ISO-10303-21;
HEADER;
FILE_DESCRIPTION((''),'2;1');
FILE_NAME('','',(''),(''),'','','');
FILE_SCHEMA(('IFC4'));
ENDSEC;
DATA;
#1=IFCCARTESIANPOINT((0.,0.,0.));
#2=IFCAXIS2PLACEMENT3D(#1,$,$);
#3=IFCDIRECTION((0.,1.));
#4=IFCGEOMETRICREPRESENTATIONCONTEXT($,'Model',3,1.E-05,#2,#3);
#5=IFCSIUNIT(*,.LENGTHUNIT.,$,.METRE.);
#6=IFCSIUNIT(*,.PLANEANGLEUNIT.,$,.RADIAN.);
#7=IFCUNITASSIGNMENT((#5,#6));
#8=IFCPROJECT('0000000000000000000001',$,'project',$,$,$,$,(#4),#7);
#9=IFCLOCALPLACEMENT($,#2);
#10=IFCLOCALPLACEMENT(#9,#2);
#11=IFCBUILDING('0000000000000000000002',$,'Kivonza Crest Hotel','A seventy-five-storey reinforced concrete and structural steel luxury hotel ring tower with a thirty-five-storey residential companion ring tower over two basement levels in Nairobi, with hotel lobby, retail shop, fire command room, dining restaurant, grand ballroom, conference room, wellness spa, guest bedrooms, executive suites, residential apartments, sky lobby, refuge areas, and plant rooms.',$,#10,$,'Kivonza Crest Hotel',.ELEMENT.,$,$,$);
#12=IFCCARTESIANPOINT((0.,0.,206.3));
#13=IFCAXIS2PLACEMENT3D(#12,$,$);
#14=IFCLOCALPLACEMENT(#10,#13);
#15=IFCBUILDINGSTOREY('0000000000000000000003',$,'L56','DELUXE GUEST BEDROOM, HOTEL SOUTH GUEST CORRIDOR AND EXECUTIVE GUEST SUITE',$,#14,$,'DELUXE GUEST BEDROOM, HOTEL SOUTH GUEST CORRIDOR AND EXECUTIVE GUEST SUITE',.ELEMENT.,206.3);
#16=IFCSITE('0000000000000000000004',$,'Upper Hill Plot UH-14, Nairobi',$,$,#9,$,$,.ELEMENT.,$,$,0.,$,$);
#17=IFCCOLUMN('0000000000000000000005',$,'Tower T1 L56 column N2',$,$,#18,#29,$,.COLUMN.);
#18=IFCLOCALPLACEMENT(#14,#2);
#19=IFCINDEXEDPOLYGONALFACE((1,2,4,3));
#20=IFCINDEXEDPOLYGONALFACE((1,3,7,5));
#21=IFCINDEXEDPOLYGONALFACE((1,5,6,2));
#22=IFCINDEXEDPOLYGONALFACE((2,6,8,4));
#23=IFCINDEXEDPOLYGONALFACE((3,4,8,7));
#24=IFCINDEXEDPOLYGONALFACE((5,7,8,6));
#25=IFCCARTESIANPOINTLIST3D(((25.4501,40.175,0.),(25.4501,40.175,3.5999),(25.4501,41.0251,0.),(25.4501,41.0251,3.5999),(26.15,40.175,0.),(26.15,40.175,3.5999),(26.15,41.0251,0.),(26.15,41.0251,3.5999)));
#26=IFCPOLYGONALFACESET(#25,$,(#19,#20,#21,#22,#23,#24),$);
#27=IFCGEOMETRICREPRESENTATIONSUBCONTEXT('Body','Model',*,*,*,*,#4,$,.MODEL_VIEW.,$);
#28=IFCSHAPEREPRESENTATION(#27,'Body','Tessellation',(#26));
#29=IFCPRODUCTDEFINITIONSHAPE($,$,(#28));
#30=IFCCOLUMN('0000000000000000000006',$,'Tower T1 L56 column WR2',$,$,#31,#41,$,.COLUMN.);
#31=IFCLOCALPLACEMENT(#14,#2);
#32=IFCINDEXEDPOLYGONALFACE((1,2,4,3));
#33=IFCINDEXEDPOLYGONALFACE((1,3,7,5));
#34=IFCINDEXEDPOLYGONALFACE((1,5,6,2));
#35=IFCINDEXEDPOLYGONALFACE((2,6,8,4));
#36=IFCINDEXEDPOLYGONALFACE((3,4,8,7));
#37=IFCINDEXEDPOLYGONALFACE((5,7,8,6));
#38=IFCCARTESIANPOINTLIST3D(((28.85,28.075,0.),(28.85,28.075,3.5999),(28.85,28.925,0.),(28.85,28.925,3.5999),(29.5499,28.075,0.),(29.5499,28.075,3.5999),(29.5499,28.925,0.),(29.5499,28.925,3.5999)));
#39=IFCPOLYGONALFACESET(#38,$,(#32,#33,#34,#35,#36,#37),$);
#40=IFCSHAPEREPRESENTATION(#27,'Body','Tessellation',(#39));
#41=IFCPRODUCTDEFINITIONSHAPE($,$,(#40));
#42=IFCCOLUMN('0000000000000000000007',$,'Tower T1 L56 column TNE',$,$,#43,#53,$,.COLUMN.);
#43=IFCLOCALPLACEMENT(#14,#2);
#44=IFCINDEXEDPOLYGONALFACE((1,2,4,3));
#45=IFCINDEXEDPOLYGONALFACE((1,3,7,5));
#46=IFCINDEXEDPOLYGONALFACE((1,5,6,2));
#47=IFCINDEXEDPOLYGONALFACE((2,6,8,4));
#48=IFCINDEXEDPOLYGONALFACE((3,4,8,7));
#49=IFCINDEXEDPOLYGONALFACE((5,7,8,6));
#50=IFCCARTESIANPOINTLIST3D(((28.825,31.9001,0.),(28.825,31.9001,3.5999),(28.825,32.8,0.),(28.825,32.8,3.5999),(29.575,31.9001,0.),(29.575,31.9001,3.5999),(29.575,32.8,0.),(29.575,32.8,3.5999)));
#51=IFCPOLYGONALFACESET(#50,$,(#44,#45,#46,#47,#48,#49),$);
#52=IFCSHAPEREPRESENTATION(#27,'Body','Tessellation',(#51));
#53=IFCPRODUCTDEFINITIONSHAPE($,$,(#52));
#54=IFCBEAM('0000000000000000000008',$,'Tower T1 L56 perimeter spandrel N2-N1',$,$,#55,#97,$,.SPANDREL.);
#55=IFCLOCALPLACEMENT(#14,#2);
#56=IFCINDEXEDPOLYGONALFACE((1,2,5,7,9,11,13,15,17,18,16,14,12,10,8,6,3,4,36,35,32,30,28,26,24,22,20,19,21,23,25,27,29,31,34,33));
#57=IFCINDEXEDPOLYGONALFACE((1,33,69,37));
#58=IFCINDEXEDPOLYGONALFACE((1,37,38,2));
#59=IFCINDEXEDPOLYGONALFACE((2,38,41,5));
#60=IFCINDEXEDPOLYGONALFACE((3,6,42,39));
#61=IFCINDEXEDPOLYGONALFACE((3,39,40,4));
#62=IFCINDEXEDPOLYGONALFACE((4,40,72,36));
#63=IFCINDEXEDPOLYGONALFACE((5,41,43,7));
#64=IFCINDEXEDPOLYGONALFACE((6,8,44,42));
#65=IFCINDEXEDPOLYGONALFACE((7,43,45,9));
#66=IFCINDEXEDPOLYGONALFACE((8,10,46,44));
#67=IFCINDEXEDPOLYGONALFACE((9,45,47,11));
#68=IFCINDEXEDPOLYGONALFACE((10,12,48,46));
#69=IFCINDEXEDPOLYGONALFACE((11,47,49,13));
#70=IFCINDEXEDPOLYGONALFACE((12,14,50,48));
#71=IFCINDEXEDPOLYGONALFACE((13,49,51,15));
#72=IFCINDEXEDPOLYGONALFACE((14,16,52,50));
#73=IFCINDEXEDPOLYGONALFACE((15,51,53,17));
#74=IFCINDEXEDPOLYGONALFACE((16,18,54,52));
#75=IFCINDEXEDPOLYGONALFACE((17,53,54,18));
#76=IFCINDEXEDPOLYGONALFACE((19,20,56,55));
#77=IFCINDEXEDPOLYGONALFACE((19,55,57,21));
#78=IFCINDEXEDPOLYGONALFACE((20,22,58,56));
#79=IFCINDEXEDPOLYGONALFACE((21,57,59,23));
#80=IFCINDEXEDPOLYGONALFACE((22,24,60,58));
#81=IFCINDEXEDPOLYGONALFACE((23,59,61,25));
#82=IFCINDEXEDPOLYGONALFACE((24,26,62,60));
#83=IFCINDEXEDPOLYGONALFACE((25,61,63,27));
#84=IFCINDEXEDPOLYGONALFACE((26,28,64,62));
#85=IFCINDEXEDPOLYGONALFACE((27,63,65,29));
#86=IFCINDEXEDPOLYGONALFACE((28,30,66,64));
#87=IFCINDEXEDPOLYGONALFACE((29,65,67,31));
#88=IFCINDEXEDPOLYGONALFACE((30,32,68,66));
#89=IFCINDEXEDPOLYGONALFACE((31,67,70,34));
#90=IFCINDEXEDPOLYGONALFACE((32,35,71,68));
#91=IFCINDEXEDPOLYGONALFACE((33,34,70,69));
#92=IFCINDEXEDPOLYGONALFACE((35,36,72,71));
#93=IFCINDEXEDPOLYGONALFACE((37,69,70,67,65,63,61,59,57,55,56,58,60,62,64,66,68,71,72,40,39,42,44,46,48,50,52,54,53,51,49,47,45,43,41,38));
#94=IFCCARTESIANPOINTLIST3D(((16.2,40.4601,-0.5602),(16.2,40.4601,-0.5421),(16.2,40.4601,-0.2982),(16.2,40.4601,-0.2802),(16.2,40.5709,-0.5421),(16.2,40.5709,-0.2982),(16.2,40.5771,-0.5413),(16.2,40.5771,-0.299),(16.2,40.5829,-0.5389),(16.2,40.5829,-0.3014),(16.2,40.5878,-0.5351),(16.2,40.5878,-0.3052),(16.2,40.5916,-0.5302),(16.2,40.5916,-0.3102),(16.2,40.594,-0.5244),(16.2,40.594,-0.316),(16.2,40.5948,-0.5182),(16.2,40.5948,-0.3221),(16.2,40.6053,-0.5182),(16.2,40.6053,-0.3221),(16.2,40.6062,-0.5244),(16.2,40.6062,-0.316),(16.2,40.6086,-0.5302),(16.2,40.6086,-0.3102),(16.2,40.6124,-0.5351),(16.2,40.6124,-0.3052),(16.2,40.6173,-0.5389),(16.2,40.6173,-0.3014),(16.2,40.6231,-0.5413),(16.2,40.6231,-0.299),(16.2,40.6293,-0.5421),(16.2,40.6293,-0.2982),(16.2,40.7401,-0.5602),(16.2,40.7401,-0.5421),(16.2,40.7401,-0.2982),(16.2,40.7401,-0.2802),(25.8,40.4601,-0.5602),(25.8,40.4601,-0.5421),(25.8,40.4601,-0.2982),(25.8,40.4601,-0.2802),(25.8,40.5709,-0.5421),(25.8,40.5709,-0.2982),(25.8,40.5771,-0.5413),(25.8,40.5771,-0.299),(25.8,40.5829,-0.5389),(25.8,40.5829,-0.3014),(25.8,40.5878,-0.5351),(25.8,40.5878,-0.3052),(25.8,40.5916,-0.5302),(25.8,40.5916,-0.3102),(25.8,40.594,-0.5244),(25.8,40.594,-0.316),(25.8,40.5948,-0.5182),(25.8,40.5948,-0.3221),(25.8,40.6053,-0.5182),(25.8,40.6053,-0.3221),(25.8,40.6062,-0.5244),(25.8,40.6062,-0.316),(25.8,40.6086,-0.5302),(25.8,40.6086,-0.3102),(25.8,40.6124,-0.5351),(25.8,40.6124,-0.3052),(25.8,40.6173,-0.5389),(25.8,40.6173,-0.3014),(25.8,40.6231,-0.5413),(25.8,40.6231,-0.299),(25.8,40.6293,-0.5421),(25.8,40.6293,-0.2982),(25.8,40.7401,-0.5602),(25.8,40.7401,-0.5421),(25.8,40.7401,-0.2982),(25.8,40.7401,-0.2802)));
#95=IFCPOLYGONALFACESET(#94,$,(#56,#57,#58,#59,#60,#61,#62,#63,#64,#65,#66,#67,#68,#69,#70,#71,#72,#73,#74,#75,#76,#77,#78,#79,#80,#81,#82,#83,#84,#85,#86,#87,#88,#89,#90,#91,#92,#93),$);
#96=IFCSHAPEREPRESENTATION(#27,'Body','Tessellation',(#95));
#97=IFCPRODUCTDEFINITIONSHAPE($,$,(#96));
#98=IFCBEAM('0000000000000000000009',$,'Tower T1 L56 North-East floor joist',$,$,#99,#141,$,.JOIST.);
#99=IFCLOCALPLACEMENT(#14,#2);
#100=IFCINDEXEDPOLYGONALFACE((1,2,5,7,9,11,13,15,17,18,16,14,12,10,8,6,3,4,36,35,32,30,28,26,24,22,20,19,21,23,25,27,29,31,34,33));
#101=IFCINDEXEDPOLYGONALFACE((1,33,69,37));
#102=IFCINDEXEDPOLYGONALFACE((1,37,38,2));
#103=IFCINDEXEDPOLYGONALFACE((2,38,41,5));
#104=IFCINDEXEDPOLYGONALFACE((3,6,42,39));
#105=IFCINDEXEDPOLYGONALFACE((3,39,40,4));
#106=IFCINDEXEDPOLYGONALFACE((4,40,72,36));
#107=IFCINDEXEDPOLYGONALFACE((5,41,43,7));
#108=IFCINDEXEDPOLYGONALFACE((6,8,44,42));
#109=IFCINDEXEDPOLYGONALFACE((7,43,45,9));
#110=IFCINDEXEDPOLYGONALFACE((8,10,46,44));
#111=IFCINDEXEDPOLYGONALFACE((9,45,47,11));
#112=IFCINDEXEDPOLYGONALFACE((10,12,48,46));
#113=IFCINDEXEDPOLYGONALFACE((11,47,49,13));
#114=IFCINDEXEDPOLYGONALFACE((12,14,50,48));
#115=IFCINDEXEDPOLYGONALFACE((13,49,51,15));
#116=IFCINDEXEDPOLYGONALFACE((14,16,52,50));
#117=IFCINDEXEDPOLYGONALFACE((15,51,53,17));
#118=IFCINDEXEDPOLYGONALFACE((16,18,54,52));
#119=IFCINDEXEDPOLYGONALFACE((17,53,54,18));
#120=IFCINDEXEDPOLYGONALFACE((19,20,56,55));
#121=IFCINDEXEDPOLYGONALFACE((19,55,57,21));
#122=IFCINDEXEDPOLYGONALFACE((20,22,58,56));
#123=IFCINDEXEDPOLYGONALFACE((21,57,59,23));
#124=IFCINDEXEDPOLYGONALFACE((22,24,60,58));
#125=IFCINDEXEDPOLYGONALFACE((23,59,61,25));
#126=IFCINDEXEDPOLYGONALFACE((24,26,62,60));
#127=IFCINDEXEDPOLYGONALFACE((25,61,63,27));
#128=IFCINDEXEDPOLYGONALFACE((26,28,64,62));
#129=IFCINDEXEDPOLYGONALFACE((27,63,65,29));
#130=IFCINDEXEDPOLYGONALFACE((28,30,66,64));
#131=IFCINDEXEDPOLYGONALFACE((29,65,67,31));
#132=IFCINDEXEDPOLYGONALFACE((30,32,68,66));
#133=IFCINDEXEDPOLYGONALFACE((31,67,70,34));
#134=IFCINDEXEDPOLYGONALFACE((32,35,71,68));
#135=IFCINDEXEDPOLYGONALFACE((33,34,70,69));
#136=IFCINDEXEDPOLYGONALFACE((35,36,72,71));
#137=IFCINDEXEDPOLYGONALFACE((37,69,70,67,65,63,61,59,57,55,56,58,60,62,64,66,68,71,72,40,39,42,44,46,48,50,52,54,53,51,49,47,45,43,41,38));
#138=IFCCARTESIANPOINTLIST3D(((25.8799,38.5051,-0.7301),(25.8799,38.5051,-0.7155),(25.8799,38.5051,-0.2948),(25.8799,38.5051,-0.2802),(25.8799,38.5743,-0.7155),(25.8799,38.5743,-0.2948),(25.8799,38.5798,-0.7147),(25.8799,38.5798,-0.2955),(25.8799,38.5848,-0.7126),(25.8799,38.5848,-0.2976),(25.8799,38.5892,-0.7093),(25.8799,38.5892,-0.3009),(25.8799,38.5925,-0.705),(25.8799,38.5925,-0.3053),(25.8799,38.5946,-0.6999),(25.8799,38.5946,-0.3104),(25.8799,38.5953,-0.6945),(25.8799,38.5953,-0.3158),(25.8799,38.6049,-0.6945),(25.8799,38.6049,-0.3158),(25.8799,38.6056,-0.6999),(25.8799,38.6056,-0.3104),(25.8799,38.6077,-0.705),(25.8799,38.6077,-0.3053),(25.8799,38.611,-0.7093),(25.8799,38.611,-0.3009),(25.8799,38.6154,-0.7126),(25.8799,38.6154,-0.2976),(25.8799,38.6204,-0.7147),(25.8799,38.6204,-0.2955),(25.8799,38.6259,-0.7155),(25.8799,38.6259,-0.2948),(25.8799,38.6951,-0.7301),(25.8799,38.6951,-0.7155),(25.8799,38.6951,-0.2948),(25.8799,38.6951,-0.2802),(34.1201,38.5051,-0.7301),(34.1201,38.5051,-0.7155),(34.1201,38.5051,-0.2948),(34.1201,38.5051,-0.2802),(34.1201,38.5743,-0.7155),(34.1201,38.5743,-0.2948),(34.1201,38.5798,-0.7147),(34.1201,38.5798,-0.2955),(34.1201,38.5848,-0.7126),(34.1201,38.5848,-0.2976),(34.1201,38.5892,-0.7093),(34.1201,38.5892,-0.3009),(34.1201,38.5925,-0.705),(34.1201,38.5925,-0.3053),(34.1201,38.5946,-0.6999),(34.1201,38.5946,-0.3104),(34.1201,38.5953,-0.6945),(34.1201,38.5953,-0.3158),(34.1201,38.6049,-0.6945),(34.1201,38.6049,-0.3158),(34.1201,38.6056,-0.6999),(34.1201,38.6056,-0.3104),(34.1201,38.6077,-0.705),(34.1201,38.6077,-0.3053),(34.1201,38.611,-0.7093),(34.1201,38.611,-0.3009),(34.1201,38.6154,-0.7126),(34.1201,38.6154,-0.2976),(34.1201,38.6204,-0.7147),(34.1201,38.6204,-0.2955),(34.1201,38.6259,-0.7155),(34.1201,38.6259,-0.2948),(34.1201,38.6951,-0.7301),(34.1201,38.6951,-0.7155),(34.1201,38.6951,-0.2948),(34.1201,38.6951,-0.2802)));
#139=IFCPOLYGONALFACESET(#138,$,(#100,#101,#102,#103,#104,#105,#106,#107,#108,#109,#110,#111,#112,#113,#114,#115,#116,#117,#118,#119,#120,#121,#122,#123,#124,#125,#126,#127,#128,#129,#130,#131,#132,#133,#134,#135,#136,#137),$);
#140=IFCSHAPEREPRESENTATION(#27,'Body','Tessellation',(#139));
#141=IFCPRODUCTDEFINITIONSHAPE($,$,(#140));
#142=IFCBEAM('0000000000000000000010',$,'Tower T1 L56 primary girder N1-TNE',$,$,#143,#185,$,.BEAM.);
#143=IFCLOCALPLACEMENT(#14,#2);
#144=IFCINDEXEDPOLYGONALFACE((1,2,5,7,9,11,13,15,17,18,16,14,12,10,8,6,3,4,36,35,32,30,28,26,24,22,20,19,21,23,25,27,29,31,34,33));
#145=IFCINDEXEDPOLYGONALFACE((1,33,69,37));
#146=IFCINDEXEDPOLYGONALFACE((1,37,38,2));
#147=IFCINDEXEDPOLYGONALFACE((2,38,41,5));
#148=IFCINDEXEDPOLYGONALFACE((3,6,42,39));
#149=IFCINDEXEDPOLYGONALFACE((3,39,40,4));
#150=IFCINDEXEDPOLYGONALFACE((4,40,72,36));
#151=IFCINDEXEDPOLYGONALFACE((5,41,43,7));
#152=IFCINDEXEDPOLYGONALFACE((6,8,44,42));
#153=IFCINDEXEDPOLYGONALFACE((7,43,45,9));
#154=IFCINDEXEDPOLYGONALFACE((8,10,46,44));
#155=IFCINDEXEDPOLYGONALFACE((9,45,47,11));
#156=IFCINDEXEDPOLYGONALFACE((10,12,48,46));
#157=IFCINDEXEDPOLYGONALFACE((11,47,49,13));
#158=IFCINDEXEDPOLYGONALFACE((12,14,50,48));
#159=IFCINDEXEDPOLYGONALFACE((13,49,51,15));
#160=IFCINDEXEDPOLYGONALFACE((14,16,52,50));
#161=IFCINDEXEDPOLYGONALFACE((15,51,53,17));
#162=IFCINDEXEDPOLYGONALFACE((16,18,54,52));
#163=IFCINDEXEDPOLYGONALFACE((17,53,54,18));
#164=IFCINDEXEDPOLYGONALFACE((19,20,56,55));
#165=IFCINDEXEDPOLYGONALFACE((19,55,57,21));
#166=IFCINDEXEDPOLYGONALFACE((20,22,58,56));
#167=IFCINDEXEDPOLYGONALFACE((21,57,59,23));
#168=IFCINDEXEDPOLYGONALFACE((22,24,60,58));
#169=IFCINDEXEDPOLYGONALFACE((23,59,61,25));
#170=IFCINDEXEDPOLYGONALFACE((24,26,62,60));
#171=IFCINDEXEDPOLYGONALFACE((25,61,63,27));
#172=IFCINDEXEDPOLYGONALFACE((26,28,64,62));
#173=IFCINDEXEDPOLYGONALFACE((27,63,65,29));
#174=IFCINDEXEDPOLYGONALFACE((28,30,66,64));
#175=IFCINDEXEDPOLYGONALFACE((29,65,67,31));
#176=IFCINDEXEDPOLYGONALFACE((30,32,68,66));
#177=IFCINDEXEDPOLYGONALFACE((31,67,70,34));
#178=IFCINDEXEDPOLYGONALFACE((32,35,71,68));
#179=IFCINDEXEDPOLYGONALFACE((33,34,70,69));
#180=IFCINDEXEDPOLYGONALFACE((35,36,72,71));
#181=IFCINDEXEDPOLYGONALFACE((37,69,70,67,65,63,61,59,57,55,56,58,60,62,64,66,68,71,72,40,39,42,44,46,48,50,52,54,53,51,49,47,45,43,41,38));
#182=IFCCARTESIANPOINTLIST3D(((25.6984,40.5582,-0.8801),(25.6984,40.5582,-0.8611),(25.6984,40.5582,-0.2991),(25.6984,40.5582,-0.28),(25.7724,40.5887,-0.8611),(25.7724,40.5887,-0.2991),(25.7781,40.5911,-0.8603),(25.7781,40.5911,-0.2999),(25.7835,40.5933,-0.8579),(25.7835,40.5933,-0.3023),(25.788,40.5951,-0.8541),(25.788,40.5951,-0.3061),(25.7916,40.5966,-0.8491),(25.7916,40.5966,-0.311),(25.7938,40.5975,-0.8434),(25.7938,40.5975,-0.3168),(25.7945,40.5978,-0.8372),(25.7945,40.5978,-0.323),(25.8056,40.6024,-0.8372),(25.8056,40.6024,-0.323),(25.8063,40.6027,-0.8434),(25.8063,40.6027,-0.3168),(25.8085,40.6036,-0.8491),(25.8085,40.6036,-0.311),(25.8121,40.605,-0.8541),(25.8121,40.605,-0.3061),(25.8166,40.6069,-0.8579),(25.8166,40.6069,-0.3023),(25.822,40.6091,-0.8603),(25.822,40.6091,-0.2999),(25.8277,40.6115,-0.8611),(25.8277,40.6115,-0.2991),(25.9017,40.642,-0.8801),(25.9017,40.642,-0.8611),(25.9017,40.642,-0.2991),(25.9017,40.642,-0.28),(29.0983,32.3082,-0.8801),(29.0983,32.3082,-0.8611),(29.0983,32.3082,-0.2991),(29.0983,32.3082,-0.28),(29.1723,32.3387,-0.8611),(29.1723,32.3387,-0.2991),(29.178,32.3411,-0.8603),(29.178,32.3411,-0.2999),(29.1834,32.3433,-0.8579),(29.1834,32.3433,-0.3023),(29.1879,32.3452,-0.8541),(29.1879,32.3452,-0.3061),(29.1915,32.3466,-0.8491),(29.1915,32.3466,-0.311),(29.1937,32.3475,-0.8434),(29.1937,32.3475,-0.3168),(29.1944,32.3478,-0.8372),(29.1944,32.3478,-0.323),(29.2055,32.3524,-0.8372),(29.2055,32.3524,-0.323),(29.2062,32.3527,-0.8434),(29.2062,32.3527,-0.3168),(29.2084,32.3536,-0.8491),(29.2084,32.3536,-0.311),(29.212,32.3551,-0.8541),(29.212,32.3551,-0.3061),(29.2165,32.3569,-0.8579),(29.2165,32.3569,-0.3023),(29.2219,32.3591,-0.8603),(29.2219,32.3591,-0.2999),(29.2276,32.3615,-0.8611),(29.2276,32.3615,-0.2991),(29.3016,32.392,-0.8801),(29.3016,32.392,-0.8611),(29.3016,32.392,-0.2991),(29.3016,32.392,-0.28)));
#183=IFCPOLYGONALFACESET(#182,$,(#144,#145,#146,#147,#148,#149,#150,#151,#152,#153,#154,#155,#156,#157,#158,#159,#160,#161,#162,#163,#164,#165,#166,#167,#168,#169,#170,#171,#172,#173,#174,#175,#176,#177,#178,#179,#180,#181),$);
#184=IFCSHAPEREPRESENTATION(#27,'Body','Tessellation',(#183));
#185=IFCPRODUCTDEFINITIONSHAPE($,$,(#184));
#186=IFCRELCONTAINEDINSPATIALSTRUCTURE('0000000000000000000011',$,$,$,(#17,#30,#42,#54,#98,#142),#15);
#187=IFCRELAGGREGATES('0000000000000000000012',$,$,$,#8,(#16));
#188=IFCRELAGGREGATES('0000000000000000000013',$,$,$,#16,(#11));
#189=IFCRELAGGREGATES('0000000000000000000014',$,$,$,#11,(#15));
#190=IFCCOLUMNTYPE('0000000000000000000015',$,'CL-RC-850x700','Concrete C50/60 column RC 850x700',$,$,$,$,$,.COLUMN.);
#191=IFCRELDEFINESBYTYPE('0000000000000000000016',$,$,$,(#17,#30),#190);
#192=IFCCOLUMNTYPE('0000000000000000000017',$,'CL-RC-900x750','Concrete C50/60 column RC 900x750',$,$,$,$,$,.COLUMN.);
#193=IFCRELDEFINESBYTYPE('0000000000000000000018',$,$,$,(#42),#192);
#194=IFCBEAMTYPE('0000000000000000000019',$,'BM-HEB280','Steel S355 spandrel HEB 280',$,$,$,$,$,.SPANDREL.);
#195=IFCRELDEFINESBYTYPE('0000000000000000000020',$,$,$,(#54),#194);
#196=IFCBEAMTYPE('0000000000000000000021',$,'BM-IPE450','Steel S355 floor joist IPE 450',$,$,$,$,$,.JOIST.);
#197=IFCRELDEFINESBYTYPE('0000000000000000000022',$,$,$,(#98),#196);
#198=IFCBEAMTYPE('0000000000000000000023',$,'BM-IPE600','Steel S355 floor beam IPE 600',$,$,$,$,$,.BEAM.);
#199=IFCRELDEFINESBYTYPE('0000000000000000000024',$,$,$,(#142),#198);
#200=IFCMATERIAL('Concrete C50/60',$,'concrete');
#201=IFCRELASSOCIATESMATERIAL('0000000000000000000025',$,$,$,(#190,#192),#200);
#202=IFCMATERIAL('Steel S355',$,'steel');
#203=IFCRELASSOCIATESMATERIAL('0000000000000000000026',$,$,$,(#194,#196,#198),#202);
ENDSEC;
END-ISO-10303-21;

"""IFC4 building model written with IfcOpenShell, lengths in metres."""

from ifc_helpers import new_model, si_unit, direction, frame, origin, origin_2d, place, context, subcontext, project, spatial, rectangle, i_section, extrude, material, material_profile, profile_set, type_object, element, save


model = new_model("IFC4")

# Units and contexts
model_context = context("Model", 3, precision=1e-05, world=origin(), true_north=direction((0.0, 1.0)))
body_context = subcontext(model_context, "Body", "Model", "MODEL_VIEW")
ifc_project = project(units=[si_unit("LENGTHUNIT", "METRE"), si_unit("PLANEANGLEUNIT", "RADIAN")], contexts=[model_context])

# Site, building, storey
site_placement = place(None, origin())
site = spatial("IfcSite", under=ifc_project, at=site_placement, Name="Upper Hill Plot UH-14, Nairobi", CompositionType="ELEMENT", RefElevation=0.0)
building_placement = place(site_placement, origin())
building = spatial("IfcBuilding", under=site, at=building_placement, Name="Kivonza Crest Hotel", Description="A seventy-five-storey reinforced concrete and structural steel luxury hotel ring tower with a thirty-five-storey residential companion ring tower over two basement levels in Nairobi, with hotel lobby, retail shop, fire command room, dining restaurant, grand ballroom, conference room, wellness spa, guest bedrooms, executive suites, residential apartments, sky lobby, refuge areas, and plant rooms.", LongName="Kivonza Crest Hotel", CompositionType="ELEMENT")
storey_placement = place(building_placement, frame((0.0, 0.0, 206.3)))
storey = spatial("IfcBuildingStorey", under=building, at=storey_placement, Name="L56", Description="DELUXE GUEST BEDROOM, HOTEL SOUTH GUEST CORRIDOR AND EXECUTIVE GUEST SUITE", LongName="DELUXE GUEST BEDROOM, HOTEL SOUTH GUEST CORRIDOR AND EXECUTIVE GUEST SUITE", CompositionType="ELEMENT", Elevation=206.3)

# Columns
ifc_material_1 = material(Name="Concrete C50/60", Category="concrete")
ifc_material_profile_1 = material_profile(ifc_material_1, rectangle(XDim=0.7, YDim=0.8501, at=origin_2d()), Name="RC 850x700")
ifc_profile_set_1 = profile_set([ifc_material_profile_1], Name="Concrete C50/60")
column_type_1 = type_object("IfcColumnType", Name="CL-RC-850x700", Description="Concrete C50/60 column RC 850x700", PredefinedType="COLUMN", material=ifc_profile_set_1)
for number, where, z_axis, x_axis, name in (
    (1, (25.8, 40.6001, 0.0), (0.0, 0.0, 1.0), (1.0, 0.0, 0.0), "Tower T1 L56 column N2"),
    (2, (29.2, 28.5, 0.0), (0.0, 0.0, 1.0), (1.0, 0.0, 0.0), "Tower T1 L56 column WR2"),
):
    element("IfcColumn", number, at=place(storey_placement, frame(where, z_axis=z_axis, x_axis=x_axis)), inside=storey, type_object=column_type_1, Name=name, PredefinedType="COLUMN", context=body_context, shape_type="SweptSolid", body=[
        extrude(rectangle(XDim=0.7, YDim=0.8501, at=origin_2d()), origin(), (0.0, 0.0, 1.0), 3.5999),
    ])
ifc_material_profile_2 = material_profile(ifc_material_1, rectangle(XDim=0.75, YDim=0.8999, at=origin_2d()), Name="RC 900x750")
ifc_profile_set_2 = profile_set([ifc_material_profile_2], Name="Concrete C50/60")
column_type_2 = type_object("IfcColumnType", Name="CL-RC-900x750", Description="Concrete C50/60 column RC 900x750", PredefinedType="COLUMN", material=ifc_profile_set_2)
column_placement = place(storey_placement, frame((29.2, 32.3501, 0.0), z_axis=(0.0, 0.0, 1.0), x_axis=(1.0, 0.0, 0.0)))
element("IfcColumn", 3, at=column_placement, inside=storey, type_object=column_type_2, Name="Tower T1 L56 column TNE", PredefinedType="COLUMN", context=body_context, shape_type="SweptSolid", body=[
    extrude(rectangle(XDim=0.75, YDim=0.8999, at=origin_2d()), origin(), (0.0, 0.0, 1.0), 3.5999),
])

# Beams
ifc_material_2 = material(Name="Steel S355", Category="steel")
ifc_material_profile_3 = material_profile(ifc_material_2, i_section(OverallWidth=0.28, OverallDepth=0.28, WebThickness=0.0105, FlangeThickness=0.0181, FilletRadius=0.0239, at=origin_2d()), Name="HEB 280")
ifc_profile_set_3 = profile_set([ifc_material_profile_3], Name="Steel S355")
beam_type_1 = type_object("IfcBeamType", Name="BM-HEB280", Description="Steel S355 spandrel HEB 280", PredefinedType="SPANDREL", material=ifc_profile_set_3)
beam_1_placement = place(storey_placement, frame((25.8, 40.6001, -0.4202), z_axis=(-1.0, 0.0, 0.0), x_axis=(0.0, -1.0, 0.0)))
element("IfcBeam", 4, at=beam_1_placement, inside=storey, type_object=beam_type_1, Name="Tower T1 L56 perimeter spandrel N2-N1", PredefinedType="SPANDREL", context=body_context, shape_type="SweptSolid", body=[
    extrude(i_section(OverallWidth=0.28, OverallDepth=0.28, WebThickness=0.0105, FlangeThickness=0.0181, FilletRadius=0.0239, at=origin_2d()), origin(), (0.0, 0.0, 1.0), 9.6001),
])
ifc_material_profile_4 = material_profile(ifc_material_2, i_section(OverallWidth=0.1899, OverallDepth=0.45, WebThickness=0.0095, FlangeThickness=0.0146, FilletRadius=0.021, at=origin_2d()), Name="IPE 450")
ifc_profile_set_4 = profile_set([ifc_material_profile_4], Name="Steel S355")
beam_type_2 = type_object("IfcBeamType", Name="BM-IPE450", Description="Steel S355 floor joist IPE 450", PredefinedType="JOIST", material=ifc_profile_set_4)
beam_2_placement = place(storey_placement, frame((25.8799, 38.6001, -0.5051), z_axis=(1.0, 0.0, 0.0), x_axis=(0.0, 1.0, 0.0)))
element("IfcBeam", 5, at=beam_2_placement, inside=storey, type_object=beam_type_2, Name="Tower T1 L56 North-East floor joist", PredefinedType="JOIST", context=body_context, shape_type="SweptSolid", body=[
    extrude(i_section(OverallWidth=0.1899, OverallDepth=0.45, WebThickness=0.0095, FlangeThickness=0.0146, FilletRadius=0.021, at=origin_2d()), origin(), (0.0, 0.0, 1.0), 8.2402),
])
ifc_material_profile_5 = material_profile(ifc_material_2, i_section(OverallWidth=0.22, OverallDepth=0.6001, WebThickness=0.012, FlangeThickness=0.019, FilletRadius=0.0239, at=origin_2d()), Name="IPE 600")
ifc_profile_set_5 = profile_set([ifc_material_profile_5], Name="Steel S355")
beam_type_3 = type_object("IfcBeamType", Name="BM-IPE600", Description="Steel S355 floor beam IPE 600", PredefinedType="BEAM", material=ifc_profile_set_5)
beam_3_placement = place(storey_placement, frame((25.8, 40.6001, -0.5801), z_axis=(0.381022, -0.924566, 0.0), x_axis=(0.924566, 0.381022, 0.0)))
element("IfcBeam", 6, at=beam_3_placement, inside=storey, type_object=beam_type_3, Name="Tower T1 L56 primary girder N1-TNE", PredefinedType="BEAM", context=body_context, shape_type="SweptSolid", body=[
    extrude(i_section(OverallWidth=0.22, OverallDepth=0.6001, WebThickness=0.012, FlangeThickness=0.019, FilletRadius=0.0239, at=origin_2d()), origin(), (0.0, 0.0, 1.0), 8.9231),
])

save(model, "model.ifc")
